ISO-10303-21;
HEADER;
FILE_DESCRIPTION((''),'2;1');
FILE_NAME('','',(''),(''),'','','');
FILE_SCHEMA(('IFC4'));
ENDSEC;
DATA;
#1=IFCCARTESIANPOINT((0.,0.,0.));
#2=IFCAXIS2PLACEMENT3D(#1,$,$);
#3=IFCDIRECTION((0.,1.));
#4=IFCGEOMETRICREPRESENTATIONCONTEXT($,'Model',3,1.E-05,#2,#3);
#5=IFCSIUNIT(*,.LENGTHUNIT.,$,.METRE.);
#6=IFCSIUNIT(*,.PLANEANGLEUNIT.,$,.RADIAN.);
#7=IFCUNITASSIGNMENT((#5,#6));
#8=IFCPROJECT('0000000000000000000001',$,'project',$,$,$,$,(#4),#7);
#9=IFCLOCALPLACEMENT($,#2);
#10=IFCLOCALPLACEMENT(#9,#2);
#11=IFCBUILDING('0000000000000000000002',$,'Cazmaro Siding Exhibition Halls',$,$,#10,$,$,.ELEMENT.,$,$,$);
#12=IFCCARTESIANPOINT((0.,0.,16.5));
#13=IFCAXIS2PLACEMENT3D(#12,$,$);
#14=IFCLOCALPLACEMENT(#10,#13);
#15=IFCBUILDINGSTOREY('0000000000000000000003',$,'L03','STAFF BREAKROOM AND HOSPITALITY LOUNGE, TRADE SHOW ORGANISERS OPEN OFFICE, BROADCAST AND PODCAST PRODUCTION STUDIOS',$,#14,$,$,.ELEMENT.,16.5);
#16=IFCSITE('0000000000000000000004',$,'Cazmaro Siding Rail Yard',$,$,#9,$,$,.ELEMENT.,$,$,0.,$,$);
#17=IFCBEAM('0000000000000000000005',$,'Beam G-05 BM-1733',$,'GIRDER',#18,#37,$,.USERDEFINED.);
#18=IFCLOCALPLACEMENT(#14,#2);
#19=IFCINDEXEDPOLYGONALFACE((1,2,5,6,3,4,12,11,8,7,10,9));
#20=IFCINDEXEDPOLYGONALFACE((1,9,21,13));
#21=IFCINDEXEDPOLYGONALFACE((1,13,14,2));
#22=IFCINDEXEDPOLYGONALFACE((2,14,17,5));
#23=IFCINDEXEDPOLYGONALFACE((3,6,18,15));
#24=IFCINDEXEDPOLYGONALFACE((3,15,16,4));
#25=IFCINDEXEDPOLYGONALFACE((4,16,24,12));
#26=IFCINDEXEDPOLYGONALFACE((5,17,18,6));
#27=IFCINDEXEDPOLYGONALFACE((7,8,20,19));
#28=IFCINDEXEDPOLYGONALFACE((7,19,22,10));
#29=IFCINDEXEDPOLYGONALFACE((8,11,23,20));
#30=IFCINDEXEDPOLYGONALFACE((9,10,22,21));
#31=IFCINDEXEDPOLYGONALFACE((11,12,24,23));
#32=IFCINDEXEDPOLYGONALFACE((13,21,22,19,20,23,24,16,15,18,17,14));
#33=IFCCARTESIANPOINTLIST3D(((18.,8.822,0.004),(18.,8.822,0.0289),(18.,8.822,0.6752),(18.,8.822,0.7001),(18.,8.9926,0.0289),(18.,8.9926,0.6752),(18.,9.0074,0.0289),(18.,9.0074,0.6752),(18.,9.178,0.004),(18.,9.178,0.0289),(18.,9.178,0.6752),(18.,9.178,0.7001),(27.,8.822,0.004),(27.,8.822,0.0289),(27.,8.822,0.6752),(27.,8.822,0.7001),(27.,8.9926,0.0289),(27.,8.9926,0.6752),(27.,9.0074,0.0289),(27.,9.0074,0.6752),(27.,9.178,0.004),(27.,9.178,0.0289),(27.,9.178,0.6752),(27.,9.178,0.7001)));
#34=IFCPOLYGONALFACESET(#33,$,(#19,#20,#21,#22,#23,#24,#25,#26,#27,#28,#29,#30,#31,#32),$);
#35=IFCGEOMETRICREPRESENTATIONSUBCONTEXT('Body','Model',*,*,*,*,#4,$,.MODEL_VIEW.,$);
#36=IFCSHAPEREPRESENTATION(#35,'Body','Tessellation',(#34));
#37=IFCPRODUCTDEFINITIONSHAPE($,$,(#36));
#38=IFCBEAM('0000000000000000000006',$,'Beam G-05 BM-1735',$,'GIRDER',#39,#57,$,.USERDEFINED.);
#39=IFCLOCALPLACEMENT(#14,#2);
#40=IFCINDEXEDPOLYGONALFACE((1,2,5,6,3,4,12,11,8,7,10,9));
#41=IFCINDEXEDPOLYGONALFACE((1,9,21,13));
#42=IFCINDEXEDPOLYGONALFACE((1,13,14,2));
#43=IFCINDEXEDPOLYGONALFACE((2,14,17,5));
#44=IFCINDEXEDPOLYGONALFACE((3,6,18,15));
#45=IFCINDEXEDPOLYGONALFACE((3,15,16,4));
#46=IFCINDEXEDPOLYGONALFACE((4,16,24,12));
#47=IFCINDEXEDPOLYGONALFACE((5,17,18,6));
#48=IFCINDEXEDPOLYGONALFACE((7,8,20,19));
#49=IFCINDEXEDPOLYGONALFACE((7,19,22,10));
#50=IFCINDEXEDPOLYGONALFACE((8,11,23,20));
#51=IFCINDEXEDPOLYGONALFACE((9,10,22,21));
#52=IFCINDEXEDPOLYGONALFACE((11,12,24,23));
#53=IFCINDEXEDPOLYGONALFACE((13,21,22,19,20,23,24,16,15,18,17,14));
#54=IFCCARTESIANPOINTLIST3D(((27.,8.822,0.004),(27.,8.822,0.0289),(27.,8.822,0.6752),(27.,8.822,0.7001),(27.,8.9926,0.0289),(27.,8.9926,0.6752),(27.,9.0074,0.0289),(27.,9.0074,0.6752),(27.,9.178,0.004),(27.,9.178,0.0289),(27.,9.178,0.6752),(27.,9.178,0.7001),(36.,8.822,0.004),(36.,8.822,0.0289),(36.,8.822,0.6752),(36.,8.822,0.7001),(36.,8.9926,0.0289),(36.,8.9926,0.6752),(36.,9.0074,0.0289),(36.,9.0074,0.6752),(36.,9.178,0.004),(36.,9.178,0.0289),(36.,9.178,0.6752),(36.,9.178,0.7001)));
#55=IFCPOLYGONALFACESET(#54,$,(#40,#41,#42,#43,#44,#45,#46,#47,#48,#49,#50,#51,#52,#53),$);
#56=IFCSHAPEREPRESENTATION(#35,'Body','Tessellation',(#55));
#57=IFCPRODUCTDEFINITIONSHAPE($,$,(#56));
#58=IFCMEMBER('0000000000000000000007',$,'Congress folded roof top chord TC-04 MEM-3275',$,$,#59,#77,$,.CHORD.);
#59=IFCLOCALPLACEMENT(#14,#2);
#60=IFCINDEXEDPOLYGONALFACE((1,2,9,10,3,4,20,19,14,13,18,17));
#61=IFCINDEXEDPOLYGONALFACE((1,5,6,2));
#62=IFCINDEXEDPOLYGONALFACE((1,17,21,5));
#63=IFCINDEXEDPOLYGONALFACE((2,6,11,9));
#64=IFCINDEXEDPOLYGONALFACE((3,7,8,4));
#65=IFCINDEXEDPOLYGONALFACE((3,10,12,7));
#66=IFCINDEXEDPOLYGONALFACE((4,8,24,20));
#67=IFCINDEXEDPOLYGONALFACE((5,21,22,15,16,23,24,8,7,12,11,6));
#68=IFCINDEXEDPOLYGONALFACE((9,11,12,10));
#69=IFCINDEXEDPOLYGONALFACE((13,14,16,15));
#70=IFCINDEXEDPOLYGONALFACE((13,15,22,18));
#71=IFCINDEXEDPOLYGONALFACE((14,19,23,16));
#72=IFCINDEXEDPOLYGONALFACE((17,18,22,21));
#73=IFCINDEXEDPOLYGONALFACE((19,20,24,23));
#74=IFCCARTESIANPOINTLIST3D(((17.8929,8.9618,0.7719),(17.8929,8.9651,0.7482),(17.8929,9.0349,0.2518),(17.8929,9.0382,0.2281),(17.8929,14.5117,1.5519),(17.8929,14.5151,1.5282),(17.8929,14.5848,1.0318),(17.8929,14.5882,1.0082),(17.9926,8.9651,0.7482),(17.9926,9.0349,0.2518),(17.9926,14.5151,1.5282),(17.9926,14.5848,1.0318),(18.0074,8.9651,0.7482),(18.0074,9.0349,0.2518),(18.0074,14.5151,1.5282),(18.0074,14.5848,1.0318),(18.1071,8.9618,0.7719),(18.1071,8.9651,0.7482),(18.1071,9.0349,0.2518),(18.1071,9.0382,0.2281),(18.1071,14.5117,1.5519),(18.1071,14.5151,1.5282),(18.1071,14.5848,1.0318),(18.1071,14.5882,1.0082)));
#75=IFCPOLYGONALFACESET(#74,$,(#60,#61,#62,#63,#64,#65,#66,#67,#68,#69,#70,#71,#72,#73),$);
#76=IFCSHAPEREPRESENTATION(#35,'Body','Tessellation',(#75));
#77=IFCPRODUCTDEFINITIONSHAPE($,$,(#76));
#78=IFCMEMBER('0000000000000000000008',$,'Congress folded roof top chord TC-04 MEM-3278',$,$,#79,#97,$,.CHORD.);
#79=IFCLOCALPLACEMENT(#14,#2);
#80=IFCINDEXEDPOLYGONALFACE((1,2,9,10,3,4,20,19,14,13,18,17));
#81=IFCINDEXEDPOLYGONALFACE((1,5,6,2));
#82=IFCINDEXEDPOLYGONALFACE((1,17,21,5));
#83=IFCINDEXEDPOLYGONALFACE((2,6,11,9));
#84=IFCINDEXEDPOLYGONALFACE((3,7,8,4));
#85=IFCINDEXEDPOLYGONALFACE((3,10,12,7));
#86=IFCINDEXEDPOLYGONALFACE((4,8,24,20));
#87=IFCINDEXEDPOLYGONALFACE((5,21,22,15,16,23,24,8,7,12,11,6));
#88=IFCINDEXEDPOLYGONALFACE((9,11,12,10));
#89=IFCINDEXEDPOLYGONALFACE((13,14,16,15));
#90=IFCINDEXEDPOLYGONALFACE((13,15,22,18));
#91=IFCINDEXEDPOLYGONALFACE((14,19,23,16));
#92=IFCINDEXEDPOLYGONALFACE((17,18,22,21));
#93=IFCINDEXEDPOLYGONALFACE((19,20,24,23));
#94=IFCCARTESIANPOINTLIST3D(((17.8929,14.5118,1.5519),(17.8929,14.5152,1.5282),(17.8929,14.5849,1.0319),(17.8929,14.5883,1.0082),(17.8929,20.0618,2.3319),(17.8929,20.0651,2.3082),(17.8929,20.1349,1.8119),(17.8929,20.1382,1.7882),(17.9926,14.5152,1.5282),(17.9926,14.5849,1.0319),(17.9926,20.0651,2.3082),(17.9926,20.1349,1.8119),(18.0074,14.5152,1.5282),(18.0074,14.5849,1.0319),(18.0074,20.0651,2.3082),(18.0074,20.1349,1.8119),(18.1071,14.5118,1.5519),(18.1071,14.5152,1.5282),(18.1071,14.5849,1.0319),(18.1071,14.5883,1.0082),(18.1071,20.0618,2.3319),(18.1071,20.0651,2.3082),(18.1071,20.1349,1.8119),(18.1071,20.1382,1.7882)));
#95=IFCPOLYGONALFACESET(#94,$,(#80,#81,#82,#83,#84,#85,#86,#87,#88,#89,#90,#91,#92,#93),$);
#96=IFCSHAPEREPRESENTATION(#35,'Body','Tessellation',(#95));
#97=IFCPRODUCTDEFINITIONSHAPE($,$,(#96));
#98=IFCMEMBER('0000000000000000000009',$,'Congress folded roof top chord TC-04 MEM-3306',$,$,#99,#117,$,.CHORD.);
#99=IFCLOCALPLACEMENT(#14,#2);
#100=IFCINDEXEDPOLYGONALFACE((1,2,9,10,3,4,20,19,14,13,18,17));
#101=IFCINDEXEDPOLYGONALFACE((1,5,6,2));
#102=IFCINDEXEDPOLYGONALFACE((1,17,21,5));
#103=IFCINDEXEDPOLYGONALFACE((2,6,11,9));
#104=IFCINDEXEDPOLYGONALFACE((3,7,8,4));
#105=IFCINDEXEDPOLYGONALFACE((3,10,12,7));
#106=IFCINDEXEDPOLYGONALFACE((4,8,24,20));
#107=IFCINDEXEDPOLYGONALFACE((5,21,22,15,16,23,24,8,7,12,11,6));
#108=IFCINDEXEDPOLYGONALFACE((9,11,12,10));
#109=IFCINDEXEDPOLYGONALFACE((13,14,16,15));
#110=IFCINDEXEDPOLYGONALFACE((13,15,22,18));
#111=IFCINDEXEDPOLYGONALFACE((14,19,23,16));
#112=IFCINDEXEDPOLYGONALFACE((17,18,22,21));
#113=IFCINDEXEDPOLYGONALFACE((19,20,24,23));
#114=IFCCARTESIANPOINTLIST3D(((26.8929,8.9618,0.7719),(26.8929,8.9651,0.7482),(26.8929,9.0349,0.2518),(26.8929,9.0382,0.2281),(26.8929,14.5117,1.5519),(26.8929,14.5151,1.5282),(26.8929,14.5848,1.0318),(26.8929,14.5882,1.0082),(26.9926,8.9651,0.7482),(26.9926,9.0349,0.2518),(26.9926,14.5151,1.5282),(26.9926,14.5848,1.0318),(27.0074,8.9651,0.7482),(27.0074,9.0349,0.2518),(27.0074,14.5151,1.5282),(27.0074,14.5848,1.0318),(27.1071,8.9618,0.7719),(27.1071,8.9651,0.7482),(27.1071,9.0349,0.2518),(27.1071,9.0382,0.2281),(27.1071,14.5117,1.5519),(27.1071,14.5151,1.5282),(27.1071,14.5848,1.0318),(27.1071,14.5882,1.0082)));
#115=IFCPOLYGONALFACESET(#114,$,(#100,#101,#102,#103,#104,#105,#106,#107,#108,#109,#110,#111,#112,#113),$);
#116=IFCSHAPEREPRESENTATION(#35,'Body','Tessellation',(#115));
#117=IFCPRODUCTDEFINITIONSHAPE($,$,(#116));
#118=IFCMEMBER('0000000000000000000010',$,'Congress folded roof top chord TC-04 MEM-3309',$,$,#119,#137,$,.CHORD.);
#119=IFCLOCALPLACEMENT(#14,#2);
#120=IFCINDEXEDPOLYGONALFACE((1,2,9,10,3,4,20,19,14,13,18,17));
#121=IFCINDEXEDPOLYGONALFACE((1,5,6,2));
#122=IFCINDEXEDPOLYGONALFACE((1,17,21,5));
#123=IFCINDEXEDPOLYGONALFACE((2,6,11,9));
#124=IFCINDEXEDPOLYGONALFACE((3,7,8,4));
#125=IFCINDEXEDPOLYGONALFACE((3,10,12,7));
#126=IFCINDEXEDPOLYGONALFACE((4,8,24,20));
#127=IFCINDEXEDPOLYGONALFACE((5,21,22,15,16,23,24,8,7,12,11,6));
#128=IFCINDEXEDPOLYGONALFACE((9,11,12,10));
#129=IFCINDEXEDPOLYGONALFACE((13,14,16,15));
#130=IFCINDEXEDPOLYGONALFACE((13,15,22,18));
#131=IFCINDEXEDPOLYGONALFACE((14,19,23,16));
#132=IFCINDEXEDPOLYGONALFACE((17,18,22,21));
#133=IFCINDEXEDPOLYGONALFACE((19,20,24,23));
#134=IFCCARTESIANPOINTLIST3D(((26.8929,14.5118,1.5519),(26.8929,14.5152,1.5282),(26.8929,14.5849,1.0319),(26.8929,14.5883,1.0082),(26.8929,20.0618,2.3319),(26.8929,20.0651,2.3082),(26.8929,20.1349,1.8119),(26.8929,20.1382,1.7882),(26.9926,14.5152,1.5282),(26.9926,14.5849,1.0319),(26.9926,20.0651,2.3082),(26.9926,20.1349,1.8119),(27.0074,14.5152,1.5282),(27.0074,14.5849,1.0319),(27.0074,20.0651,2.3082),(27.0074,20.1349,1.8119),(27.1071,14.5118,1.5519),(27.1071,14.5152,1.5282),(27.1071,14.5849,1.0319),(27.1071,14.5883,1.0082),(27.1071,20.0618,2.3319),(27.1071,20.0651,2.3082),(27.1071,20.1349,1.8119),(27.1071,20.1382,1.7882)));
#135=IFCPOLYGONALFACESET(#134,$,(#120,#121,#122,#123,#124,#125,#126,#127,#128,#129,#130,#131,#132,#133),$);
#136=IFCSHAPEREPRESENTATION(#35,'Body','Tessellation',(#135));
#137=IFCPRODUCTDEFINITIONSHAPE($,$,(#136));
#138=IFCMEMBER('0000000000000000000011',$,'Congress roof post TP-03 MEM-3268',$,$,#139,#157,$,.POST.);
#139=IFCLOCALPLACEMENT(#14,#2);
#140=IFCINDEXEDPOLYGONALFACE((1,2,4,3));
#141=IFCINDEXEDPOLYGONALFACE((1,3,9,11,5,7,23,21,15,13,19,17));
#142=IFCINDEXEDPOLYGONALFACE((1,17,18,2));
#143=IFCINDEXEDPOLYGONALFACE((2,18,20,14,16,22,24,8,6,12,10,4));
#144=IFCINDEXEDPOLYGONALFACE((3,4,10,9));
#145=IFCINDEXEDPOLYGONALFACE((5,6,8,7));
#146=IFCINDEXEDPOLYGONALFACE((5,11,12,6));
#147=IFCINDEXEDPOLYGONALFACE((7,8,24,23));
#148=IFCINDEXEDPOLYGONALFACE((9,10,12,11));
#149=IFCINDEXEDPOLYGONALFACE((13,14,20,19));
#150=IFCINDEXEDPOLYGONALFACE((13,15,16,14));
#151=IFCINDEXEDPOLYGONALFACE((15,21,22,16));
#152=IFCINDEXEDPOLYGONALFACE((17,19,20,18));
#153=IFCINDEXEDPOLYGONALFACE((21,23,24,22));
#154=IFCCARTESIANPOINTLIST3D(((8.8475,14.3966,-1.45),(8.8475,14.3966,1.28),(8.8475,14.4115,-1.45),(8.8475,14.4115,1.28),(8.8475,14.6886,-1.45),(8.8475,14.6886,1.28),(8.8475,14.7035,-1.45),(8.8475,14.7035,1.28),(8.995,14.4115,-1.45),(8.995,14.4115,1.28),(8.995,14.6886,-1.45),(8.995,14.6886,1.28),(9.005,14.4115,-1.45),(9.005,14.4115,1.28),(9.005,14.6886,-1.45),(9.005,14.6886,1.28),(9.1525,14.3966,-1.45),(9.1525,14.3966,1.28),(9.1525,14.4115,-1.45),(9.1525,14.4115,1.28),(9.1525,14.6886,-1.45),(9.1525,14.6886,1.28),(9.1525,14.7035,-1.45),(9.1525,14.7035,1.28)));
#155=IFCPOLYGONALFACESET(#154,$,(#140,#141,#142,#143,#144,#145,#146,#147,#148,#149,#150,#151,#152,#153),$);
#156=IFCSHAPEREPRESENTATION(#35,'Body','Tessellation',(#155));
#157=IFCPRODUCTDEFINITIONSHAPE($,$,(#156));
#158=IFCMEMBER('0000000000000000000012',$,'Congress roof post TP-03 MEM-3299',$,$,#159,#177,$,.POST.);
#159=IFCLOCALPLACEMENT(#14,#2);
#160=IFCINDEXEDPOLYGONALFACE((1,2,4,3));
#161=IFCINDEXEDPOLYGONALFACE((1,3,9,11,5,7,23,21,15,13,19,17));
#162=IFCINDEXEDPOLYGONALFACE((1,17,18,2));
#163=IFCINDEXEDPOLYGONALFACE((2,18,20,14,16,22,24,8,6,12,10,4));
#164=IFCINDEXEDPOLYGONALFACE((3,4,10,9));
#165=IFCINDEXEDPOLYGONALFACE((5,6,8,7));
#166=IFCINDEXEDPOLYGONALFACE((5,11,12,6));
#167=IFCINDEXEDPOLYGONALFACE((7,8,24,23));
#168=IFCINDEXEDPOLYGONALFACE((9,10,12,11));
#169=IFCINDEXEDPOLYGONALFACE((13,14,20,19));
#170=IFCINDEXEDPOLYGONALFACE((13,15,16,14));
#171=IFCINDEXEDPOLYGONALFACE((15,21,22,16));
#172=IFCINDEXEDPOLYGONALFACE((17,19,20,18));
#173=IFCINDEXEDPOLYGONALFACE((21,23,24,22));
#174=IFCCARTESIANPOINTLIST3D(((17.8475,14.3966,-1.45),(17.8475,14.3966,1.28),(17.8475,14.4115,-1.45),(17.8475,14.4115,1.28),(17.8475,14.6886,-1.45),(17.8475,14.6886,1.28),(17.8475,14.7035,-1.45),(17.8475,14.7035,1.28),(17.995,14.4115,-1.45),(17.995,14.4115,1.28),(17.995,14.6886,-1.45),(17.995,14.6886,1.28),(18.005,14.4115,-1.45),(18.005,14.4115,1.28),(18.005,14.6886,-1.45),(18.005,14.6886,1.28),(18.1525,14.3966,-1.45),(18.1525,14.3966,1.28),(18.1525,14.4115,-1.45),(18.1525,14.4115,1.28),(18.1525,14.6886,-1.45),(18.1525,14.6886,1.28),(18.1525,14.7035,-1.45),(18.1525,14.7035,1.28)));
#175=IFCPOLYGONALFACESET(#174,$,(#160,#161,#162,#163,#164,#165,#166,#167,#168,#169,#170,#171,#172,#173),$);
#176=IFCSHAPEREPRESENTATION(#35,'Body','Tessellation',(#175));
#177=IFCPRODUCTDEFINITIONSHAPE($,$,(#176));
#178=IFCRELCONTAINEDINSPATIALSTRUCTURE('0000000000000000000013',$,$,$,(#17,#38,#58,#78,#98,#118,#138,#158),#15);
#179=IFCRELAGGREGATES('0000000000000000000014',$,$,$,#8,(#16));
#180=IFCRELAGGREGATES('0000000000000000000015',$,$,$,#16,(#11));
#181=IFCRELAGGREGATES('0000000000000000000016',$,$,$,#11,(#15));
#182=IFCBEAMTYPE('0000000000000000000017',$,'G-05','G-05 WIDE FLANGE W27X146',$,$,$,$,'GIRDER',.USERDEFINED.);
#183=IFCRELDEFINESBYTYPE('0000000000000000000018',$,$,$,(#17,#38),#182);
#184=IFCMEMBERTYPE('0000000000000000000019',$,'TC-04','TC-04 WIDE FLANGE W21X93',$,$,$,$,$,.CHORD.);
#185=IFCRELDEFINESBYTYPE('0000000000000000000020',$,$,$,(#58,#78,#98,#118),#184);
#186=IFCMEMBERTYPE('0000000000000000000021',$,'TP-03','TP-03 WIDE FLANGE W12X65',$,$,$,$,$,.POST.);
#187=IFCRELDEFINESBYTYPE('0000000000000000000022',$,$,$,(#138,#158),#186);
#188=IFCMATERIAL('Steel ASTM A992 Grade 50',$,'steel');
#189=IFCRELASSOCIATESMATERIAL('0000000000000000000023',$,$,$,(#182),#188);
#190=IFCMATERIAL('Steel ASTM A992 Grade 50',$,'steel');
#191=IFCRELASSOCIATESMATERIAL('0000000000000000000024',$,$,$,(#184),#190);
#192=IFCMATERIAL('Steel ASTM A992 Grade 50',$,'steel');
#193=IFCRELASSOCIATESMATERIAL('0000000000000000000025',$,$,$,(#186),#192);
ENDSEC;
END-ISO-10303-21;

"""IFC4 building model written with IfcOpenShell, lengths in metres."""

from ifc_helpers import new_model, si_unit, direction, frame, origin, origin_2d, place, context, subcontext, project, spatial, i_section, extrude, material, material_profile, profile_set, type_object, element, save


model = new_model("IFC4")

# Units and contexts
model_context = context("Model", 3, precision=1e-05, world=origin(), true_north=direction((0.0, 1.0)))
body_context = subcontext(model_context, "Body", "Model", "MODEL_VIEW")
ifc_project = project(units=[si_unit("LENGTHUNIT", "METRE"), si_unit("PLANEANGLEUNIT", "RADIAN")], contexts=[model_context])

# Site, building, storey
site_placement = place(None, origin())
site = spatial("IfcSite", under=ifc_project, at=site_placement, Name="Cazmaro Siding Rail Yard", CompositionType="ELEMENT", RefElevation=0.0)
building_placement = place(site_placement, origin())
building = spatial("IfcBuilding", under=site, at=building_placement, Name="Cazmaro Siding Exhibition Halls", CompositionType="ELEMENT")
storey_placement = place(building_placement, frame((0.0, 0.0, 16.5)))
storey = spatial("IfcBuildingStorey", under=building, at=storey_placement, Name="L03", Description="STAFF BREAKROOM AND HOSPITALITY LOUNGE, TRADE SHOW ORGANISERS OPEN OFFICE, BROADCAST AND PODCAST PRODUCTION STUDIOS", CompositionType="ELEMENT", Elevation=16.5)

# Beams
ifc_material_1 = material(Name="Steel ASTM A992 Grade 50", Category="steel")
ifc_material_profile_1 = material_profile(ifc_material_1, i_section(OverallWidth=0.356, OverallDepth=0.696, WebThickness=0.0149, FlangeThickness=0.0249, at=origin_2d()), Name="W27X146")
ifc_profile_set_1 = profile_set([ifc_material_profile_1], Name="Steel ASTM A992 Grade 50")
beam_type = type_object("IfcBeamType", Name="G-05", Description="G-05 WIDE FLANGE W27X146", ElementType="GIRDER", PredefinedType="USERDEFINED", material=ifc_profile_set_1)
for number, where, z_axis, x_axis, name in (
    (1, (18.0, 9.0, 0.3521), (1.0, 0.0, 0.0), (0.0, 1.0, 0.0), "Beam G-05 BM-1733"),
    (2, (27.0, 9.0, 0.3521), (1.0, 0.0, 0.0), (0.0, 1.0, 0.0), "Beam G-05 BM-1735"),
):
    element("IfcBeam", number, at=place(storey_placement, frame(where, z_axis=z_axis, x_axis=x_axis)), inside=storey, type_object=beam_type, Name=name, ObjectType="GIRDER", PredefinedType="USERDEFINED", context=body_context, shape_type="SweptSolid", body=[
        extrude(i_section(OverallWidth=0.356, OverallDepth=0.696, WebThickness=0.0149, FlangeThickness=0.0249, at=origin_2d()), origin(), (0.0, 0.0, 1.0), 9.0),
    ])

# Members
ifc_material_2 = material(Name="Steel ASTM A992 Grade 50", Category="steel")
ifc_material_profile_2 = material_profile(ifc_material_2, i_section(OverallWidth=0.2141, OverallDepth=0.5491, WebThickness=0.0149, FlangeThickness=0.0239, at=origin_2d()), Name="W21X93")
ifc_profile_set_2 = profile_set([ifc_material_profile_2], Name="Steel ASTM A992 Grade 50")
member_type_1 = type_object("IfcMemberType", Name="TC-04", Description="TC-04 WIDE FLANGE W21X93", PredefinedType="CHORD", material=ifc_profile_set_2)
for number, where, z_axis, x_axis, name in (
    (3, (18.0, 9.0, 0.5), (0.0, 0.990268, 0.139177), (-1.0, 0.0, 0.0), "Congress folded roof top chord TC-04 MEM-3275"),
    (4, (18.0, 14.55, 1.28), (0.0, 0.990268, 0.139177), (-1.0, 0.0, 0.0), "Congress folded roof top chord TC-04 MEM-3278"),
    (5, (27.0, 9.0, 0.5), (0.0, 0.990268, 0.139177), (-1.0, 0.0, 0.0), "Congress folded roof top chord TC-04 MEM-3306"),
    (6, (27.0, 14.55, 1.28), (0.0, 0.990268, 0.139177), (-1.0, 0.0, 0.0), "Congress folded roof top chord TC-04 MEM-3309"),
):
    element("IfcMember", number, at=place(storey_placement, frame(where, z_axis=z_axis, x_axis=x_axis)), inside=storey, type_object=member_type_1, Name=name, PredefinedType="CHORD", context=body_context, shape_type="SweptSolid", body=[
        extrude(i_section(OverallWidth=0.2141, OverallDepth=0.5491, WebThickness=0.0149, FlangeThickness=0.0239, at=origin_2d()), origin(), (0.0, 0.0, 1.0), 5.6045),
    ])
ifc_material_3 = material(Name="Steel ASTM A992 Grade 50", Category="steel")
ifc_material_profile_3 = material_profile(ifc_material_3, i_section(OverallWidth=0.3049, OverallDepth=0.3069, WebThickness=0.01, FlangeThickness=0.0149, at=origin_2d()), Name="W12X65")
ifc_profile_set_3 = profile_set([ifc_material_profile_3], Name="Steel ASTM A992 Grade 50")
member_type_2 = type_object("IfcMemberType", Name="TP-03", Description="TP-03 WIDE FLANGE W12X65", PredefinedType="POST", material=ifc_profile_set_3)
for number, where, z_axis, x_axis, name in (
    (7, (9.0, 14.55, -1.45), (0.0, 0.0, 1.0), (1.0, 0.0, 0.0), "Congress roof post TP-03 MEM-3268"),
    (8, (18.0, 14.55, -1.45), (0.0, 0.0, 1.0), (1.0, 0.0, 0.0), "Congress roof post TP-03 MEM-3299"),
):
    element("IfcMember", number, at=place(storey_placement, frame(where, z_axis=z_axis, x_axis=x_axis)), inside=storey, type_object=member_type_2, Name=name, PredefinedType="POST", context=body_context, shape_type="SweptSolid", body=[
        extrude(i_section(OverallWidth=0.3049, OverallDepth=0.3069, WebThickness=0.01, FlangeThickness=0.0149, at=origin_2d()), origin(), (0.0, 0.0, 1.0), 2.73),
    ])

save(model, "model.ifc")
